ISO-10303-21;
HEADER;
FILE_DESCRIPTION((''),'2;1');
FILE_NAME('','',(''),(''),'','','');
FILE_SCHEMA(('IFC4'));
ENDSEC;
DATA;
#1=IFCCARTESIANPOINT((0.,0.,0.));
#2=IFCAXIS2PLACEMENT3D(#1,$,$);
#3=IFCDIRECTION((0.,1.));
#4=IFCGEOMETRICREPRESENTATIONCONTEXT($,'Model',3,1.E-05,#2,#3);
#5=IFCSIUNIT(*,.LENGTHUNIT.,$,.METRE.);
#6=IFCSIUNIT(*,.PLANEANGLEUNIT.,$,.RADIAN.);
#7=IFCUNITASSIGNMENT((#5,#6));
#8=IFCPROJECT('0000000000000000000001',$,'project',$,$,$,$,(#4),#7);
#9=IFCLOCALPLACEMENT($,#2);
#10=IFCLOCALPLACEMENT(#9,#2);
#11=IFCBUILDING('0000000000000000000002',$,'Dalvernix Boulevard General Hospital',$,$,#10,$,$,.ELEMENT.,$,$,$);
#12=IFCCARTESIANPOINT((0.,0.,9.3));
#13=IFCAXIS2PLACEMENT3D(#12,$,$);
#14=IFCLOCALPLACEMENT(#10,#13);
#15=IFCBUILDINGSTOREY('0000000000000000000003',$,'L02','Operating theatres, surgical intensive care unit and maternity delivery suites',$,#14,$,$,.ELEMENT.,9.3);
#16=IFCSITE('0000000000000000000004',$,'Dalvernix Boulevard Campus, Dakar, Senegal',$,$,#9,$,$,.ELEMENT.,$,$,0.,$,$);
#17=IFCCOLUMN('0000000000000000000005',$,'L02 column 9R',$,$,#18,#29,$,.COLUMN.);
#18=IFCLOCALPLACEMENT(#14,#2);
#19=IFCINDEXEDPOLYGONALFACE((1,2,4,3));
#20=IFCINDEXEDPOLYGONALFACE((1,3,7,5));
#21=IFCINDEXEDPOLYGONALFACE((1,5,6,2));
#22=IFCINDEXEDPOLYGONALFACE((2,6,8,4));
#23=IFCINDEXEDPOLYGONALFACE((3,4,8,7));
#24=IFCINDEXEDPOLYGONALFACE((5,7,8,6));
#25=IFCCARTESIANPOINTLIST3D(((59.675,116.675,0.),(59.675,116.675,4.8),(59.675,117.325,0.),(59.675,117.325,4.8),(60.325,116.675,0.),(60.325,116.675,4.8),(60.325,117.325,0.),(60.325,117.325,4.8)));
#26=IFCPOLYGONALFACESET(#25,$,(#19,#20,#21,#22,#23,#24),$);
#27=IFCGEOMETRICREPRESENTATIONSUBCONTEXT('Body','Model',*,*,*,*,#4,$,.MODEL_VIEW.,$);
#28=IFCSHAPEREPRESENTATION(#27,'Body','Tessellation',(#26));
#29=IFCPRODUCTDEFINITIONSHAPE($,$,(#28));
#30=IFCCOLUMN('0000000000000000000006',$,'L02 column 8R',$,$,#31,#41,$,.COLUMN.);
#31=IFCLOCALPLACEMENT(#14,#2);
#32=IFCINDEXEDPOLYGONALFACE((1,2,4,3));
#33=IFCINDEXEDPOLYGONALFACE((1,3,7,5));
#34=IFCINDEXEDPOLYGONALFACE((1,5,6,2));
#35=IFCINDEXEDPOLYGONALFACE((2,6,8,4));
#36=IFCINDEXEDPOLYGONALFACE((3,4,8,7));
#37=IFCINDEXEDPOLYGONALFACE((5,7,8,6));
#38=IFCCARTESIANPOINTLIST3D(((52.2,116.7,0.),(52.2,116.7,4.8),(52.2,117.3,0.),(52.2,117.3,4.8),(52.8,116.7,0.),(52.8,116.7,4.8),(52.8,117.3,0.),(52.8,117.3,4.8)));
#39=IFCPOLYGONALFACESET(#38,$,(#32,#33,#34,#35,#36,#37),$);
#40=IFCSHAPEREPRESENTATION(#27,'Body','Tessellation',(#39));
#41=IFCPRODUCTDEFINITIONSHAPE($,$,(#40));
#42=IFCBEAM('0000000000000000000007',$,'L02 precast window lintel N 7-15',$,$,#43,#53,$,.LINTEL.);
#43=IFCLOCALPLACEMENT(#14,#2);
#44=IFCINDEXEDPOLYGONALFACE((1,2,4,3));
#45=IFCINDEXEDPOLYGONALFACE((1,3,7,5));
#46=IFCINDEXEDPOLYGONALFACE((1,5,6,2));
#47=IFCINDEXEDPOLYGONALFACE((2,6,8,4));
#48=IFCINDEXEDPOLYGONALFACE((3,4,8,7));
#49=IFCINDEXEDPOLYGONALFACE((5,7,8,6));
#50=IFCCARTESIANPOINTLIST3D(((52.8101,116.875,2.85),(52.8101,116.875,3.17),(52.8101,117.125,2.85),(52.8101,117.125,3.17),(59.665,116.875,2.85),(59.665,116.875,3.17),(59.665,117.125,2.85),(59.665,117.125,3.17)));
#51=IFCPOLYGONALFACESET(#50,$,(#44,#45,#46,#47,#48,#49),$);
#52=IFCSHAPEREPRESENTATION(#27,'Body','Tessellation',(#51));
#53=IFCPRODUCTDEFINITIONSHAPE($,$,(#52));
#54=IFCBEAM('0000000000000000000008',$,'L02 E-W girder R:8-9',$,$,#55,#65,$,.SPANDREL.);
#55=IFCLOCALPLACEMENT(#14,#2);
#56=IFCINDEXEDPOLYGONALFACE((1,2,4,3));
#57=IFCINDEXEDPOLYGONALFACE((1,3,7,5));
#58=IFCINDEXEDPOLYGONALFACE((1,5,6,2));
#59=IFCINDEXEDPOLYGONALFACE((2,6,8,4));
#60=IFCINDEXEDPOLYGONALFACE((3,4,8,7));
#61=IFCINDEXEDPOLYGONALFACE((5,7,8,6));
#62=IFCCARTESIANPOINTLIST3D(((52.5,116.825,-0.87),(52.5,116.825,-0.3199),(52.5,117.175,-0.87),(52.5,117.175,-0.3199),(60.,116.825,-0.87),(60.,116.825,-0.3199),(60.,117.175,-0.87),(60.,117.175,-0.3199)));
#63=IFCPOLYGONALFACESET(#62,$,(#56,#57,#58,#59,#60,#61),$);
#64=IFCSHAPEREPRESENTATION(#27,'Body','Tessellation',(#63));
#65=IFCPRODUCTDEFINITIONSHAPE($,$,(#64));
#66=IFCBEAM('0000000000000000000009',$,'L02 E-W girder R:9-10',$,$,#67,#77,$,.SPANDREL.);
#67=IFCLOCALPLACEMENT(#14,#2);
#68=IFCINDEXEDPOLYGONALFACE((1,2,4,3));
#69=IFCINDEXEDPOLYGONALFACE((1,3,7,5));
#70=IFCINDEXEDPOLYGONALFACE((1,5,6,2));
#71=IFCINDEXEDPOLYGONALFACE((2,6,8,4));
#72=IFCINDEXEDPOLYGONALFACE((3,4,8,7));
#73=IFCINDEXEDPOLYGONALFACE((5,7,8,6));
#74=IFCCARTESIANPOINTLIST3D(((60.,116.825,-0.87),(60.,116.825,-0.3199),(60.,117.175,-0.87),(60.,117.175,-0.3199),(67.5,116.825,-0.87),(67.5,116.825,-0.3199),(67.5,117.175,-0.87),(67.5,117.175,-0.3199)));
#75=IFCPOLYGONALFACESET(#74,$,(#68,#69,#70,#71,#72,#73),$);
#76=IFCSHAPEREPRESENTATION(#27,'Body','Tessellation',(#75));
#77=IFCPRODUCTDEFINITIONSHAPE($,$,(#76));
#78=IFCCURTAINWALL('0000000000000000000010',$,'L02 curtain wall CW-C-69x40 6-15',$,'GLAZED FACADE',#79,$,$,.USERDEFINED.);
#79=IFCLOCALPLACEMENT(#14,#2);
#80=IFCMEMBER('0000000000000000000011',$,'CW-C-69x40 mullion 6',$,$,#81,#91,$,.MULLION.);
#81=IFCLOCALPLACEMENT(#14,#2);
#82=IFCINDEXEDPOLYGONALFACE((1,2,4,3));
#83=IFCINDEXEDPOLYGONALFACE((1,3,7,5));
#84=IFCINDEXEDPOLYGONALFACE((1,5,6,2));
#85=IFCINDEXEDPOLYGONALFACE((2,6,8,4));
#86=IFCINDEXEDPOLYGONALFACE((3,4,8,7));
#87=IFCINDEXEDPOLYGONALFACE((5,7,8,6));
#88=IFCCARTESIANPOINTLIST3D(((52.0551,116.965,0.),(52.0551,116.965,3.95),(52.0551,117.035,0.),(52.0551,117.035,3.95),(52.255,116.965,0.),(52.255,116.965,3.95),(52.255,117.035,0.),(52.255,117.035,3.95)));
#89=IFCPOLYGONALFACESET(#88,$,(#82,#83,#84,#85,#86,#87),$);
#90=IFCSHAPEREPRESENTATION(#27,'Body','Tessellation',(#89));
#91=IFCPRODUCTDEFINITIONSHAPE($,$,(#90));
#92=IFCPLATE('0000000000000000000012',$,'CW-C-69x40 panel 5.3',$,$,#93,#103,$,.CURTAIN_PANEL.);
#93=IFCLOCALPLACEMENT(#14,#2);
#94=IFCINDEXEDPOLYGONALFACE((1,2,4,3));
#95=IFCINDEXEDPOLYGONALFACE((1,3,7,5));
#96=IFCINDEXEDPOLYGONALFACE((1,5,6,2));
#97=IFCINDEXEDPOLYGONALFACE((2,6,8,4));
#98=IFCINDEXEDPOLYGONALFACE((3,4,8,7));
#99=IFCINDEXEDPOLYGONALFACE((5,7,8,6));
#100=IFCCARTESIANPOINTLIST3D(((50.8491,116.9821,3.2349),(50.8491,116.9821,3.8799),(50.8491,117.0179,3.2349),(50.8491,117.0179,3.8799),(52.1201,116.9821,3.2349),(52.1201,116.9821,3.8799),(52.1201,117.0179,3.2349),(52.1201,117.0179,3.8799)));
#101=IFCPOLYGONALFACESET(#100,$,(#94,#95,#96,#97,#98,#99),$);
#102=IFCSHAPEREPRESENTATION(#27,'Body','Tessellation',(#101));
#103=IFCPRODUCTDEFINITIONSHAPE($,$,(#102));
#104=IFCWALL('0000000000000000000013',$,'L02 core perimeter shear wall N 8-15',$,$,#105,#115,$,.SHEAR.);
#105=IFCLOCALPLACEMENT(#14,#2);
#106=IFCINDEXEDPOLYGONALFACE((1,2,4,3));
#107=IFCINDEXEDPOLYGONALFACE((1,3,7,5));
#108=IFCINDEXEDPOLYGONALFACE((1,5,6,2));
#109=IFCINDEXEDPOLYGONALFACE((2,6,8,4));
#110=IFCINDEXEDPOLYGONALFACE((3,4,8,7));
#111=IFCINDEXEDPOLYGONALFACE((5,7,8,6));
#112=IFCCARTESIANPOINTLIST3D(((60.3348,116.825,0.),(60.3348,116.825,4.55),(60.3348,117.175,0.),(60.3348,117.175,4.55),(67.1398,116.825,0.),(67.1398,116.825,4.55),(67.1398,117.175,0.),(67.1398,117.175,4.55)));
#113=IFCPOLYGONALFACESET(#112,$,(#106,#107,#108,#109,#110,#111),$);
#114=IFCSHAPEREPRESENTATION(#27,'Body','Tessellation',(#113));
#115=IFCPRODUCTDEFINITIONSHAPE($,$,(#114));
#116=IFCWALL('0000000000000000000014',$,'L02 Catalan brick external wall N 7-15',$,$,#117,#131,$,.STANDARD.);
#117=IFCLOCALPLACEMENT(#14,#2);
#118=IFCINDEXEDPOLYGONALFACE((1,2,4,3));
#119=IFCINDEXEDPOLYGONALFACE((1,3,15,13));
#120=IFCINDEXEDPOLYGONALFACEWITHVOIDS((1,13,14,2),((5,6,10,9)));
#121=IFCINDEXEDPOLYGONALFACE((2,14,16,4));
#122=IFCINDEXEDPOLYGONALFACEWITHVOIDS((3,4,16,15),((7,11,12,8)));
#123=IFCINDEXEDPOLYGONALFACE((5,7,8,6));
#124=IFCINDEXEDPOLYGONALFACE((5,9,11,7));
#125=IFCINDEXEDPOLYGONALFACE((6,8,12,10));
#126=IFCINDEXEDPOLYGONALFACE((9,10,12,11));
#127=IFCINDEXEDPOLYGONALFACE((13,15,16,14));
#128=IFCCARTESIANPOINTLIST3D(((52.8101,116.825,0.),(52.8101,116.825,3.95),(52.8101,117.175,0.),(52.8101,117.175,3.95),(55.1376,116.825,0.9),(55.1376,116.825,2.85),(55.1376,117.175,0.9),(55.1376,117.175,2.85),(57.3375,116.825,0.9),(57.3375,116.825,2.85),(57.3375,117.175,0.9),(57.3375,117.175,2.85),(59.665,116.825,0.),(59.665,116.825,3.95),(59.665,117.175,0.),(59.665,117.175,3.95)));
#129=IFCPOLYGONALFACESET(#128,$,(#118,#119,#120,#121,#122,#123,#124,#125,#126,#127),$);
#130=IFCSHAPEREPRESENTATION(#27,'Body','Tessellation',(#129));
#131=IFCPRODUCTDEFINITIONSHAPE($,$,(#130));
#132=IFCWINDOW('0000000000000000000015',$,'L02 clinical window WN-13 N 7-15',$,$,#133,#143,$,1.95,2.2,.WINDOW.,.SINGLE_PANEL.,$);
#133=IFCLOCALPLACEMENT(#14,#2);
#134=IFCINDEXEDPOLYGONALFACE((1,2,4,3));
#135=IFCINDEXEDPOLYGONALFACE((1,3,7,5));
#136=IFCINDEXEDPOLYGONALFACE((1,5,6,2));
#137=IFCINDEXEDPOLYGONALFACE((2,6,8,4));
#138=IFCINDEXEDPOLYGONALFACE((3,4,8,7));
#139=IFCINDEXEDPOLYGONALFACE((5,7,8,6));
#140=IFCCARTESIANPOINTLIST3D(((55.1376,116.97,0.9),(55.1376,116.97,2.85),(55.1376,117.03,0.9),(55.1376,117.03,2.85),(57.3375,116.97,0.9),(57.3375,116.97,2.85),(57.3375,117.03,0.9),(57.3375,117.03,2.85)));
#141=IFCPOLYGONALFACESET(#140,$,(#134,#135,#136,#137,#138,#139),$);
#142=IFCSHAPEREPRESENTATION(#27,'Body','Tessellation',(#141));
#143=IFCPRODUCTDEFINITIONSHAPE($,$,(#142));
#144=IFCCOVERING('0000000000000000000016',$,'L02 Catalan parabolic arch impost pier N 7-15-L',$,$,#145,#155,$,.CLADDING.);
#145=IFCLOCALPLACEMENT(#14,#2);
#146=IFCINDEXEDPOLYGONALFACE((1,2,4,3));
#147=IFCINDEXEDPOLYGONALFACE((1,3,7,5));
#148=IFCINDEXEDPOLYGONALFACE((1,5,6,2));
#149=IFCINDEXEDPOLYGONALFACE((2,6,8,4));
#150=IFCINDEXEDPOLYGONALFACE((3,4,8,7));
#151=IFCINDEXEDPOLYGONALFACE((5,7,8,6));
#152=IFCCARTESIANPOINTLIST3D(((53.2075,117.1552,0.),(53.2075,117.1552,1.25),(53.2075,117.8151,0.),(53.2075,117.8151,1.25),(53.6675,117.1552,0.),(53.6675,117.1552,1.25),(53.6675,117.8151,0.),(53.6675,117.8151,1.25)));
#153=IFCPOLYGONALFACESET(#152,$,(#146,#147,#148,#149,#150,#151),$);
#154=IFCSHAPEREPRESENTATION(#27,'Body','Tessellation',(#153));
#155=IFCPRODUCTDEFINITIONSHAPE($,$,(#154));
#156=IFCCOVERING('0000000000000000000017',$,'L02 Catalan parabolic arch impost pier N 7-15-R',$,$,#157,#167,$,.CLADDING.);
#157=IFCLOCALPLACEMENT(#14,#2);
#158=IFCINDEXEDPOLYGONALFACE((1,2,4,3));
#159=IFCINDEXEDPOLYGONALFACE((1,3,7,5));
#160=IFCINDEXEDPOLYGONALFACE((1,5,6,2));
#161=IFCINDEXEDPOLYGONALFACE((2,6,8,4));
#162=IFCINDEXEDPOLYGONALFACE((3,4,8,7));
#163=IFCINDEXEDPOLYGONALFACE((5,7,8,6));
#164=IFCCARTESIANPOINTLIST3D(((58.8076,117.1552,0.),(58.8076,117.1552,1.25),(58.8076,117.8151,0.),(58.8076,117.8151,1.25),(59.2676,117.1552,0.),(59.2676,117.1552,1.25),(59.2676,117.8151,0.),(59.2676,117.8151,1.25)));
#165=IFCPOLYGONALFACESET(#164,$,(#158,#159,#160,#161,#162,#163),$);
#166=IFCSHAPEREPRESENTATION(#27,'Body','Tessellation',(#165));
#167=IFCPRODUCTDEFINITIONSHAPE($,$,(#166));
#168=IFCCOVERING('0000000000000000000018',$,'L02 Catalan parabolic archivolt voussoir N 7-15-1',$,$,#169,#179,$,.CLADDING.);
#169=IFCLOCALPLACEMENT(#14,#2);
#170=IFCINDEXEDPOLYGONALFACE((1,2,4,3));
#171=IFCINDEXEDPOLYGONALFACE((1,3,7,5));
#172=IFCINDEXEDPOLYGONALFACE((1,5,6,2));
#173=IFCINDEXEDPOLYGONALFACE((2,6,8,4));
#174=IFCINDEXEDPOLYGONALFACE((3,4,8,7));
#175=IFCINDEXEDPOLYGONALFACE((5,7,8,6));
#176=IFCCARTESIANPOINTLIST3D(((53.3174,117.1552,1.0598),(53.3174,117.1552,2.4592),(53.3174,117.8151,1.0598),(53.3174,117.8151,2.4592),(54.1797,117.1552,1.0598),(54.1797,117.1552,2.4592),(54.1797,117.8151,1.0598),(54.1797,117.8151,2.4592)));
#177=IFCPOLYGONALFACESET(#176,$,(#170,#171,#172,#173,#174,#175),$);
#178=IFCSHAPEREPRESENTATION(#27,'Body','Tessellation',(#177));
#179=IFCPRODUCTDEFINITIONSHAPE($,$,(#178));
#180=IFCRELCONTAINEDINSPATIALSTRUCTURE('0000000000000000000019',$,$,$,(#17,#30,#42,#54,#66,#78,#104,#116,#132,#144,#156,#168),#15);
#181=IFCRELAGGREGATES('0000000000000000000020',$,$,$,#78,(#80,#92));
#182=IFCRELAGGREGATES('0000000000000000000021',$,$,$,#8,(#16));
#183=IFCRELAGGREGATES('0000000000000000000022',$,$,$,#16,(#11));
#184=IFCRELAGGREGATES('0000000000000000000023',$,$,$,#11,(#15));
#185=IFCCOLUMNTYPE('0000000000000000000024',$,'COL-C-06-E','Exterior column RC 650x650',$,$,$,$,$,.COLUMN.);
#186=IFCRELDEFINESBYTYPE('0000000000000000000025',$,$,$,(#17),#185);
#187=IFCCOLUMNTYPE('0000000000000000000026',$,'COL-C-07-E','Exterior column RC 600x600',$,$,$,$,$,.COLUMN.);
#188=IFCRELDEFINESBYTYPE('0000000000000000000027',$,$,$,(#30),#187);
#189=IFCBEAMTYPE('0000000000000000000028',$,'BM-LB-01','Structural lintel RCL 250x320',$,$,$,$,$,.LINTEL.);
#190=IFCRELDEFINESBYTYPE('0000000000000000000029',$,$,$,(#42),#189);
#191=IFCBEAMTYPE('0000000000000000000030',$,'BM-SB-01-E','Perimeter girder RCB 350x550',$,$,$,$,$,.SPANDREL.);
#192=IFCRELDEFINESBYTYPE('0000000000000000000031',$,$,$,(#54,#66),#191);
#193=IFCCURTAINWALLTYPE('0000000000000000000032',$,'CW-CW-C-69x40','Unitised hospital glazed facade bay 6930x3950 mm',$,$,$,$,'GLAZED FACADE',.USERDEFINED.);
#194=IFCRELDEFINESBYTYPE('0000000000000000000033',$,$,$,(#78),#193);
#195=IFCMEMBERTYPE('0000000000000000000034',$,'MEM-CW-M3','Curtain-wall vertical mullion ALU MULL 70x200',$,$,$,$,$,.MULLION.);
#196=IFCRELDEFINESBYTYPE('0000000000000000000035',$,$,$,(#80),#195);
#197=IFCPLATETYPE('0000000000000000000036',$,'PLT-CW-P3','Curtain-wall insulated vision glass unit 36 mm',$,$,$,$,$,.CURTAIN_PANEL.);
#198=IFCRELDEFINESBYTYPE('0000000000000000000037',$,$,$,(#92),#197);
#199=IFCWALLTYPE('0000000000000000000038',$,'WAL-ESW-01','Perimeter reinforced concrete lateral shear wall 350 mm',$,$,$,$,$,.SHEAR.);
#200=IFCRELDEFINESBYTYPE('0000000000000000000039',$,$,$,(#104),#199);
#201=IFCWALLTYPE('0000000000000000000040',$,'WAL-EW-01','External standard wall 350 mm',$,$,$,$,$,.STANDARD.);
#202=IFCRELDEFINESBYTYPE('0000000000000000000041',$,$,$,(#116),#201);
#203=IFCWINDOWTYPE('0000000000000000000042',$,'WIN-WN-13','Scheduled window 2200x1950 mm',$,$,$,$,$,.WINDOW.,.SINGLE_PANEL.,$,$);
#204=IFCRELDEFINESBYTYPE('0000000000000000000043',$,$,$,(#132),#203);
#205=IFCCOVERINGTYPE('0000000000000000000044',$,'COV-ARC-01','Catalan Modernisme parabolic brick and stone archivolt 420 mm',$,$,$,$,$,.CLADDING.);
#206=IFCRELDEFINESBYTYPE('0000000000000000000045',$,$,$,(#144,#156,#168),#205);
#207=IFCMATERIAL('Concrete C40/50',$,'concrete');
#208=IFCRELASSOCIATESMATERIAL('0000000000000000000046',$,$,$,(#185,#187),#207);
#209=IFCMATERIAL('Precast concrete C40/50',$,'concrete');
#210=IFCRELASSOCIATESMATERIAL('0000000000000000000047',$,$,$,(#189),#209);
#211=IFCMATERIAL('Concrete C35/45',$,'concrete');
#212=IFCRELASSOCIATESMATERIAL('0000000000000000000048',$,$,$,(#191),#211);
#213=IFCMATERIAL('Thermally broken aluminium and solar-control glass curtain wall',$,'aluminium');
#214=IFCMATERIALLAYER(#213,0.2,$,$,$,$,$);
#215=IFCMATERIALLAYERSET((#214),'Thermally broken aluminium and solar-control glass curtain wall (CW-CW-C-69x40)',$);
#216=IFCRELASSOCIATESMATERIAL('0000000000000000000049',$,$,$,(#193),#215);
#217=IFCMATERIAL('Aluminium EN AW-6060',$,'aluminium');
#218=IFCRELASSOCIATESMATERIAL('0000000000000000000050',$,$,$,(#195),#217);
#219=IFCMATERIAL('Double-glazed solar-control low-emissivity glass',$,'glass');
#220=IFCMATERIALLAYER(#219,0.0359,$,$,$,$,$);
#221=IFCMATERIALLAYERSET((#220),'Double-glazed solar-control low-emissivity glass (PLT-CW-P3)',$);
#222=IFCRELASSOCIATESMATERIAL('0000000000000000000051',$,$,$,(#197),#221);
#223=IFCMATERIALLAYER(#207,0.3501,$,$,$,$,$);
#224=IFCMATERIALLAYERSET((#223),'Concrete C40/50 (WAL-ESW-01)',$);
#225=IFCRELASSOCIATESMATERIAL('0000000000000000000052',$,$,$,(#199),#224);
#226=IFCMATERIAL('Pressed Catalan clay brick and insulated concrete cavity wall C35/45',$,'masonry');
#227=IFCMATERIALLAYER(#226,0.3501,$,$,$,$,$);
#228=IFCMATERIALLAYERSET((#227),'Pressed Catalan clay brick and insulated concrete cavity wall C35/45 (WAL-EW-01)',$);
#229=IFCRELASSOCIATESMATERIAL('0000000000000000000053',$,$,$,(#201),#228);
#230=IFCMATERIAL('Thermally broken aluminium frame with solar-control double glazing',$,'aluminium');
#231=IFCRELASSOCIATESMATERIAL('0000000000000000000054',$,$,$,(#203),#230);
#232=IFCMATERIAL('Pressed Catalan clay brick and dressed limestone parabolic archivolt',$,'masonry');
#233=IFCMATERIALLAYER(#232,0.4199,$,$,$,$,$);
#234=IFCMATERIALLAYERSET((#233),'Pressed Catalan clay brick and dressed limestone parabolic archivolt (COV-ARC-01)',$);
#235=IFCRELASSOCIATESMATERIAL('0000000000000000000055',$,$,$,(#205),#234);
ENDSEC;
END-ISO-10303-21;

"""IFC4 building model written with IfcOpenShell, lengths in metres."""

from ifc_helpers import new_model, si_unit, direction, frame, frame_2d, origin, origin_2d, place, context, subcontext, project, spatial, rectangle, extrude, material, layer, layer_set, material_profile, profile_set, type_object, element, fill, aggregate, save


model = new_model("IFC4")

# Units and contexts
model_context = context("Model", 3, precision=1e-05, world=origin(), true_north=direction((0.0, 1.0)))
body_context = subcontext(model_context, "Body", "Model", "MODEL_VIEW")
ifc_project = project(units=[si_unit("LENGTHUNIT", "METRE"), si_unit("PLANEANGLEUNIT", "RADIAN")], contexts=[model_context])

# Site, building, storey
site_placement = place(None, origin())
site = spatial("IfcSite", under=ifc_project, at=site_placement, Name="Dalvernix Boulevard Campus, Dakar, Senegal", CompositionType="ELEMENT", RefElevation=0.0)
building_placement = place(site_placement, origin())
building = spatial("IfcBuilding", under=site, at=building_placement, Name="Dalvernix Boulevard General Hospital", CompositionType="ELEMENT")
storey_placement = place(building_placement, frame((0.0, 0.0, 9.3)))
storey = spatial("IfcBuildingStorey", under=building, at=storey_placement, Name="L02", Description="Operating theatres, surgical intensive care unit and maternity delivery suites", CompositionType="ELEMENT", Elevation=9.3)

# Columns
ifc_material_1 = material(Name="Concrete C40/50", Category="concrete")
ifc_material_profile_1 = material_profile(ifc_material_1, rectangle(XDim=0.6499, YDim=0.6499, at=origin_2d()), Name="RC 650x650")
ifc_profile_set_1 = profile_set([ifc_material_profile_1], Name="Concrete C40/50")
column_type_1 = type_object("IfcColumnType", Name="COL-C-06-E", Description="Exterior column RC 650x650", PredefinedType="COLUMN", material=ifc_profile_set_1)
column_1_placement = place(storey_placement, frame((60.0, 117.0, 0.0), z_axis=(0.0, 0.0, 1.0), x_axis=(1.0, 0.0, 0.0)))
element("IfcColumn", 1, at=column_1_placement, inside=storey, type_object=column_type_1, Name="L02 column 9R", PredefinedType="COLUMN", context=body_context, shape_type="SweptSolid", body=[
    extrude(rectangle(XDim=0.6499, YDim=0.6499, at=origin_2d()), origin(), (0.0, 0.0, 1.0), 4.8),
])
ifc_material_profile_2 = material_profile(ifc_material_1, rectangle(XDim=0.6001, YDim=0.6001, at=origin_2d()), Name="RC 600x600")
ifc_profile_set_2 = profile_set([ifc_material_profile_2], Name="Concrete C40/50")
column_type_2 = type_object("IfcColumnType", Name="COL-C-07-E", Description="Exterior column RC 600x600", PredefinedType="COLUMN", material=ifc_profile_set_2)
column_2_placement = place(storey_placement, frame((52.5, 117.0, 0.0), z_axis=(0.0, 0.0, 1.0), x_axis=(1.0, 0.0, 0.0)))
element("IfcColumn", 2, at=column_2_placement, inside=storey, type_object=column_type_2, Name="L02 column 8R", PredefinedType="COLUMN", context=body_context, shape_type="SweptSolid", body=[
    extrude(rectangle(XDim=0.6001, YDim=0.6001, at=origin_2d()), origin(), (0.0, 0.0, 1.0), 4.8),
])

# Beams
ifc_material_2 = material(Name="Precast concrete C40/50", Category="concrete")
ifc_material_profile_3 = material_profile(ifc_material_2, rectangle(XDim=0.25, YDim=0.3201, at=origin_2d()), Name="RCL 250x320")
ifc_profile_set_3 = profile_set([ifc_material_profile_3], Name="Precast concrete C40/50")
beam_type_1 = type_object("IfcBeamType", Name="BM-LB-01", Description="Structural lintel RCL 250x320", PredefinedType="LINTEL", material=ifc_profile_set_3)
beam_placement = place(storey_placement, frame((52.8101, 117.0, 3.01), z_axis=(1.0, 0.0, 0.0), x_axis=(0.0, 1.0, 0.0)))
element("IfcBeam", 3, at=beam_placement, inside=storey, type_object=beam_type_1, Name="L02 precast window lintel N 7-15", PredefinedType="LINTEL", context=body_context, shape_type="SweptSolid", body=[
    extrude(rectangle(XDim=0.25, YDim=0.3201, at=origin_2d()), origin(), (0.0, 0.0, 1.0), 6.855),
])
ifc_material_3 = material(Name="Concrete C35/45", Category="concrete")
ifc_material_profile_4 = material_profile(ifc_material_3, rectangle(XDim=0.3501, YDim=0.55, at=origin_2d()), Name="RCB 350x550")
ifc_profile_set_4 = profile_set([ifc_material_profile_4], Name="Concrete C35/45")
beam_type_2 = type_object("IfcBeamType", Name="BM-SB-01-E", Description="Perimeter girder RCB 350x550", PredefinedType="SPANDREL", material=ifc_profile_set_4)
for number, where, z_axis, x_axis, name in (
    (4, (52.5, 117.0, -0.595), (1.0, 0.0, 0.0), (0.0, 1.0, 0.0), "L02 E-W girder R:8-9"),
    (5, (60.0, 117.0, -0.595), (1.0, 0.0, 0.0), (0.0, 1.0, 0.0), "L02 E-W girder R:9-10"),
):
    element("IfcBeam", number, at=place(storey_placement, frame(where, z_axis=z_axis, x_axis=x_axis)), inside=storey, type_object=beam_type_2, Name=name, PredefinedType="SPANDREL", context=body_context, shape_type="SweptSolid", body=[
        extrude(rectangle(XDim=0.3501, YDim=0.55, at=origin_2d()), origin(), (0.0, 0.0, 1.0), 7.5),
    ])

# Curtain wall, member, plate
ifc_material_4 = material(Name="Thermally broken aluminium and solar-control glass curtain wall", Category="aluminium")
ifc_layer_1 = layer(ifc_material_4, 0.2)
ifc_layer_set_1 = layer_set([ifc_layer_1], Name="Thermally broken aluminium and solar-control glass curtain wall (CW-CW-C-69x40)")
curtain_wall_type = type_object("IfcCurtainWallType", Name="CW-CW-C-69x40", Description="Unitised hospital glazed facade bay 6930x3950 mm", ElementType="GLAZED FACADE", PredefinedType="USERDEFINED", material=ifc_layer_set_1)
curtain_wall_placement = place(storey_placement, origin())
curtain_wall = element("IfcCurtainWall", 6, at=curtain_wall_placement, inside=storey, type_object=curtain_wall_type, Name="L02 curtain wall CW-C-69x40 6-15", ObjectType="GLAZED FACADE", PredefinedType="USERDEFINED")
ifc_material_5 = material(Name="Aluminium EN AW-6060", Category="aluminium")
ifc_material_profile_5 = material_profile(ifc_material_5, rectangle(XDim=0.0701, YDim=0.2, at=origin_2d()), Name="ALU MULL 70x200")
ifc_profile_set_5 = profile_set([ifc_material_profile_5], Name="Aluminium EN AW-6060")
member_type = type_object("IfcMemberType", Name="MEM-CW-M3", Description="Curtain-wall vertical mullion ALU MULL 70x200", PredefinedType="MULLION", material=ifc_profile_set_5)
member_placement = place(storey_placement, frame((52.155, 117.0, 0.0), z_axis=(0.0, 0.0, 1.0), x_axis=(0.0, 1.0, 0.0)))
member = element("IfcMember", 7, at=member_placement, type_object=member_type, Name="CW-C-69x40 mullion 6", PredefinedType="MULLION", context=body_context, shape_type="SweptSolid", body=[
    extrude(rectangle(XDim=0.0701, YDim=0.2, at=origin_2d()), origin(), (0.0, 0.0, 1.0), 3.95),
])
ifc_material_6 = material(Name="Double-glazed solar-control low-emissivity glass", Category="glass")
ifc_layer_2 = layer(ifc_material_6, 0.0359)
ifc_layer_set_2 = layer_set([ifc_layer_2], Name="Double-glazed solar-control low-emissivity glass (PLT-CW-P3)")
plate_type = type_object("IfcPlateType", Name="PLT-CW-P3", Description="Curtain-wall insulated vision glass unit 36 mm", PredefinedType="CURTAIN_PANEL", material=ifc_layer_set_2)
plate_placement = place(storey_placement, frame((51.4846, 117.0, 3.2349), z_axis=(0.0, 0.0, 1.0), x_axis=(1.0, 0.0, 0.0)))
plate = element("IfcPlate", 8, at=plate_placement, type_object=plate_type, Name="CW-C-69x40 panel 5.3", PredefinedType="CURTAIN_PANEL", context=body_context, shape_type="SweptSolid", body=[
    extrude(rectangle(XDim=1.271, YDim=0.0359, at=origin_2d()), origin(), (0.0, 0.0, 1.0), 0.645),
])
aggregate(curtain_wall, [member, plate])

# Wall
ifc_layer_3 = layer(ifc_material_1, 0.3501)
ifc_layer_set_3 = layer_set([ifc_layer_3], Name="Concrete C40/50 (WAL-ESW-01)")
wall_type_1 = type_object("IfcWallType", Name="WAL-ESW-01", Description="Perimeter reinforced concrete lateral shear wall 350 mm", PredefinedType="SHEAR", material=ifc_layer_set_3)
wall_1_placement = place(storey_placement, frame((60.335, 117.0, 0.0), z_axis=(0.0, 0.0, 1.0), x_axis=(1.0, 0.0, 0.0)))
element("IfcWall", 9, at=wall_1_placement, inside=storey, type_object=wall_type_1, Name="L02 core perimeter shear wall N 8-15", PredefinedType="SHEAR", context=body_context, shape_type="SweptSolid", body=[
    extrude(rectangle(XDim=6.8049, YDim=0.3501, at=frame_2d((3.4023, 0.0))), origin(), (0.0, 0.0, 1.0), 4.55),
])

# Wall, opening, window
ifc_material_7 = material(Name="Pressed Catalan clay brick and insulated concrete cavity wall C35/45", Category="masonry")
ifc_layer_4 = layer(ifc_material_7, 0.3501)
ifc_layer_set_4 = layer_set([ifc_layer_4], Name="Pressed Catalan clay brick and insulated concrete cavity wall C35/45 (WAL-EW-01)")
wall_type_2 = type_object("IfcWallType", Name="WAL-EW-01", Description="External standard wall 350 mm", PredefinedType="STANDARD", material=ifc_layer_set_4)
wall_2_placement = place(storey_placement, frame((52.8101, 117.0, 0.0), z_axis=(0.0, 0.0, 1.0), x_axis=(1.0, 0.0, 0.0)))
wall_2 = element("IfcWall", 10, at=wall_2_placement, inside=storey, type_object=wall_type_2, Name="L02 Catalan brick external wall N 7-15", PredefinedType="STANDARD", context=body_context, shape_type="SweptSolid", body=[
    extrude(rectangle(XDim=6.855, YDim=0.3501, at=frame_2d((3.4275, 0.0))), origin(), (0.0, 0.0, 1.0), 3.95),
])
opening_placement = place(wall_2_placement, frame((2.3274, 0.0, 0.8999)))
opening = element("IfcOpeningElement", 11, at=opening_placement, cuts=wall_2, PredefinedType="OPENING", context=body_context, shape_type="SweptSolid", body=[
    extrude(rectangle(XDim=2.2, YDim=1.95, at=frame_2d((1.1001, 0.9751))), frame((0.0, 0.1851, 0.0), z_axis=(0.0, -1.0, 0.0), x_axis=(1.0, 0.0, 0.0)), (0.0, 0.0, 1.0), 0.3701),
])
ifc_material_8 = material(Name="Thermally broken aluminium frame with solar-control double glazing", Category="aluminium")
window_type = type_object("IfcWindowType", Name="WIN-WN-13", Description="Scheduled window 2200x1950 mm", PartitioningType="SINGLE_PANEL", PredefinedType="WINDOW", material=ifc_material_8)
window_placement = place(opening_placement, origin())
window = element("IfcWindow", 12, at=window_placement, inside=storey, type_object=window_type, Name="L02 clinical window WN-13 N 7-15", OverallHeight=1.95, OverallWidth=2.2, PartitioningType="SINGLE_PANEL", PredefinedType="WINDOW", context=body_context, shape_type="SweptSolid", body=[
    extrude(rectangle(XDim=2.2, YDim=1.95, at=frame_2d((1.1001, 0.9751))), frame((0.0, 0.03, 0.0), z_axis=(0.0, -1.0, 0.0), x_axis=(1.0, 0.0, 0.0)), (0.0, 0.0, 1.0), 0.0601),
])
fill(opening, window)

# Coverings
ifc_material_9 = material(Name="Pressed Catalan clay brick and dressed limestone parabolic archivolt", Category="masonry")
ifc_layer_5 = layer(ifc_material_9, 0.4199)
ifc_layer_set_5 = layer_set([ifc_layer_5], Name="Pressed Catalan clay brick and dressed limestone parabolic archivolt (COV-ARC-01)")
covering_type_1 = type_object("IfcCoveringType", Name="COV-ARC-01", Description="Catalan Modernisme parabolic brick and stone archivolt 420 mm", PredefinedType="CLADDING", material=ifc_layer_set_5)
for number, where, z_axis, x_axis, name in (
    (13, (53.4375, 117.4851, 0.0), (0.0, 0.0, 1.0), (1.0, 0.0, 0.0), "L02 Catalan parabolic arch impost pier N 7-15-L"),
    (14, (59.0376, 117.4851, 0.0), (0.0, 0.0, 1.0), (1.0, 0.0, 0.0), "L02 Catalan parabolic arch impost pier N 7-15-R"),
):
    element("IfcCovering", number, at=place(storey_placement, frame(where, z_axis=z_axis, x_axis=x_axis)), inside=storey, type_object=covering_type_1, Name=name, PredefinedType="CLADDING", context=body_context, shape_type="SweptSolid", body=[
        extrude(rectangle(XDim=0.46, YDim=0.6599, at=origin_2d()), origin(), (0.0, 0.0, 1.0), 1.25),
    ])
covering_1_placement = place(storey_placement, frame((53.7485, 117.4851, 1.0598), z_axis=(0.0, 0.0, 1.0), x_axis=(1.0, 0.0, 0.0)))
element("IfcCovering", 15, at=covering_1_placement, inside=storey, type_object=covering_type_1, Name="L02 Catalan parabolic archivolt voussoir N 7-15-1", PredefinedType="CLADDING", context=body_context, shape_type="SweptSolid", body=[
    extrude(rectangle(XDim=0.8623, YDim=0.6599, at=origin_2d()), origin(), (0.0, 0.0, 1.0), 1.3994),
])

save(model, "model.ifc")
